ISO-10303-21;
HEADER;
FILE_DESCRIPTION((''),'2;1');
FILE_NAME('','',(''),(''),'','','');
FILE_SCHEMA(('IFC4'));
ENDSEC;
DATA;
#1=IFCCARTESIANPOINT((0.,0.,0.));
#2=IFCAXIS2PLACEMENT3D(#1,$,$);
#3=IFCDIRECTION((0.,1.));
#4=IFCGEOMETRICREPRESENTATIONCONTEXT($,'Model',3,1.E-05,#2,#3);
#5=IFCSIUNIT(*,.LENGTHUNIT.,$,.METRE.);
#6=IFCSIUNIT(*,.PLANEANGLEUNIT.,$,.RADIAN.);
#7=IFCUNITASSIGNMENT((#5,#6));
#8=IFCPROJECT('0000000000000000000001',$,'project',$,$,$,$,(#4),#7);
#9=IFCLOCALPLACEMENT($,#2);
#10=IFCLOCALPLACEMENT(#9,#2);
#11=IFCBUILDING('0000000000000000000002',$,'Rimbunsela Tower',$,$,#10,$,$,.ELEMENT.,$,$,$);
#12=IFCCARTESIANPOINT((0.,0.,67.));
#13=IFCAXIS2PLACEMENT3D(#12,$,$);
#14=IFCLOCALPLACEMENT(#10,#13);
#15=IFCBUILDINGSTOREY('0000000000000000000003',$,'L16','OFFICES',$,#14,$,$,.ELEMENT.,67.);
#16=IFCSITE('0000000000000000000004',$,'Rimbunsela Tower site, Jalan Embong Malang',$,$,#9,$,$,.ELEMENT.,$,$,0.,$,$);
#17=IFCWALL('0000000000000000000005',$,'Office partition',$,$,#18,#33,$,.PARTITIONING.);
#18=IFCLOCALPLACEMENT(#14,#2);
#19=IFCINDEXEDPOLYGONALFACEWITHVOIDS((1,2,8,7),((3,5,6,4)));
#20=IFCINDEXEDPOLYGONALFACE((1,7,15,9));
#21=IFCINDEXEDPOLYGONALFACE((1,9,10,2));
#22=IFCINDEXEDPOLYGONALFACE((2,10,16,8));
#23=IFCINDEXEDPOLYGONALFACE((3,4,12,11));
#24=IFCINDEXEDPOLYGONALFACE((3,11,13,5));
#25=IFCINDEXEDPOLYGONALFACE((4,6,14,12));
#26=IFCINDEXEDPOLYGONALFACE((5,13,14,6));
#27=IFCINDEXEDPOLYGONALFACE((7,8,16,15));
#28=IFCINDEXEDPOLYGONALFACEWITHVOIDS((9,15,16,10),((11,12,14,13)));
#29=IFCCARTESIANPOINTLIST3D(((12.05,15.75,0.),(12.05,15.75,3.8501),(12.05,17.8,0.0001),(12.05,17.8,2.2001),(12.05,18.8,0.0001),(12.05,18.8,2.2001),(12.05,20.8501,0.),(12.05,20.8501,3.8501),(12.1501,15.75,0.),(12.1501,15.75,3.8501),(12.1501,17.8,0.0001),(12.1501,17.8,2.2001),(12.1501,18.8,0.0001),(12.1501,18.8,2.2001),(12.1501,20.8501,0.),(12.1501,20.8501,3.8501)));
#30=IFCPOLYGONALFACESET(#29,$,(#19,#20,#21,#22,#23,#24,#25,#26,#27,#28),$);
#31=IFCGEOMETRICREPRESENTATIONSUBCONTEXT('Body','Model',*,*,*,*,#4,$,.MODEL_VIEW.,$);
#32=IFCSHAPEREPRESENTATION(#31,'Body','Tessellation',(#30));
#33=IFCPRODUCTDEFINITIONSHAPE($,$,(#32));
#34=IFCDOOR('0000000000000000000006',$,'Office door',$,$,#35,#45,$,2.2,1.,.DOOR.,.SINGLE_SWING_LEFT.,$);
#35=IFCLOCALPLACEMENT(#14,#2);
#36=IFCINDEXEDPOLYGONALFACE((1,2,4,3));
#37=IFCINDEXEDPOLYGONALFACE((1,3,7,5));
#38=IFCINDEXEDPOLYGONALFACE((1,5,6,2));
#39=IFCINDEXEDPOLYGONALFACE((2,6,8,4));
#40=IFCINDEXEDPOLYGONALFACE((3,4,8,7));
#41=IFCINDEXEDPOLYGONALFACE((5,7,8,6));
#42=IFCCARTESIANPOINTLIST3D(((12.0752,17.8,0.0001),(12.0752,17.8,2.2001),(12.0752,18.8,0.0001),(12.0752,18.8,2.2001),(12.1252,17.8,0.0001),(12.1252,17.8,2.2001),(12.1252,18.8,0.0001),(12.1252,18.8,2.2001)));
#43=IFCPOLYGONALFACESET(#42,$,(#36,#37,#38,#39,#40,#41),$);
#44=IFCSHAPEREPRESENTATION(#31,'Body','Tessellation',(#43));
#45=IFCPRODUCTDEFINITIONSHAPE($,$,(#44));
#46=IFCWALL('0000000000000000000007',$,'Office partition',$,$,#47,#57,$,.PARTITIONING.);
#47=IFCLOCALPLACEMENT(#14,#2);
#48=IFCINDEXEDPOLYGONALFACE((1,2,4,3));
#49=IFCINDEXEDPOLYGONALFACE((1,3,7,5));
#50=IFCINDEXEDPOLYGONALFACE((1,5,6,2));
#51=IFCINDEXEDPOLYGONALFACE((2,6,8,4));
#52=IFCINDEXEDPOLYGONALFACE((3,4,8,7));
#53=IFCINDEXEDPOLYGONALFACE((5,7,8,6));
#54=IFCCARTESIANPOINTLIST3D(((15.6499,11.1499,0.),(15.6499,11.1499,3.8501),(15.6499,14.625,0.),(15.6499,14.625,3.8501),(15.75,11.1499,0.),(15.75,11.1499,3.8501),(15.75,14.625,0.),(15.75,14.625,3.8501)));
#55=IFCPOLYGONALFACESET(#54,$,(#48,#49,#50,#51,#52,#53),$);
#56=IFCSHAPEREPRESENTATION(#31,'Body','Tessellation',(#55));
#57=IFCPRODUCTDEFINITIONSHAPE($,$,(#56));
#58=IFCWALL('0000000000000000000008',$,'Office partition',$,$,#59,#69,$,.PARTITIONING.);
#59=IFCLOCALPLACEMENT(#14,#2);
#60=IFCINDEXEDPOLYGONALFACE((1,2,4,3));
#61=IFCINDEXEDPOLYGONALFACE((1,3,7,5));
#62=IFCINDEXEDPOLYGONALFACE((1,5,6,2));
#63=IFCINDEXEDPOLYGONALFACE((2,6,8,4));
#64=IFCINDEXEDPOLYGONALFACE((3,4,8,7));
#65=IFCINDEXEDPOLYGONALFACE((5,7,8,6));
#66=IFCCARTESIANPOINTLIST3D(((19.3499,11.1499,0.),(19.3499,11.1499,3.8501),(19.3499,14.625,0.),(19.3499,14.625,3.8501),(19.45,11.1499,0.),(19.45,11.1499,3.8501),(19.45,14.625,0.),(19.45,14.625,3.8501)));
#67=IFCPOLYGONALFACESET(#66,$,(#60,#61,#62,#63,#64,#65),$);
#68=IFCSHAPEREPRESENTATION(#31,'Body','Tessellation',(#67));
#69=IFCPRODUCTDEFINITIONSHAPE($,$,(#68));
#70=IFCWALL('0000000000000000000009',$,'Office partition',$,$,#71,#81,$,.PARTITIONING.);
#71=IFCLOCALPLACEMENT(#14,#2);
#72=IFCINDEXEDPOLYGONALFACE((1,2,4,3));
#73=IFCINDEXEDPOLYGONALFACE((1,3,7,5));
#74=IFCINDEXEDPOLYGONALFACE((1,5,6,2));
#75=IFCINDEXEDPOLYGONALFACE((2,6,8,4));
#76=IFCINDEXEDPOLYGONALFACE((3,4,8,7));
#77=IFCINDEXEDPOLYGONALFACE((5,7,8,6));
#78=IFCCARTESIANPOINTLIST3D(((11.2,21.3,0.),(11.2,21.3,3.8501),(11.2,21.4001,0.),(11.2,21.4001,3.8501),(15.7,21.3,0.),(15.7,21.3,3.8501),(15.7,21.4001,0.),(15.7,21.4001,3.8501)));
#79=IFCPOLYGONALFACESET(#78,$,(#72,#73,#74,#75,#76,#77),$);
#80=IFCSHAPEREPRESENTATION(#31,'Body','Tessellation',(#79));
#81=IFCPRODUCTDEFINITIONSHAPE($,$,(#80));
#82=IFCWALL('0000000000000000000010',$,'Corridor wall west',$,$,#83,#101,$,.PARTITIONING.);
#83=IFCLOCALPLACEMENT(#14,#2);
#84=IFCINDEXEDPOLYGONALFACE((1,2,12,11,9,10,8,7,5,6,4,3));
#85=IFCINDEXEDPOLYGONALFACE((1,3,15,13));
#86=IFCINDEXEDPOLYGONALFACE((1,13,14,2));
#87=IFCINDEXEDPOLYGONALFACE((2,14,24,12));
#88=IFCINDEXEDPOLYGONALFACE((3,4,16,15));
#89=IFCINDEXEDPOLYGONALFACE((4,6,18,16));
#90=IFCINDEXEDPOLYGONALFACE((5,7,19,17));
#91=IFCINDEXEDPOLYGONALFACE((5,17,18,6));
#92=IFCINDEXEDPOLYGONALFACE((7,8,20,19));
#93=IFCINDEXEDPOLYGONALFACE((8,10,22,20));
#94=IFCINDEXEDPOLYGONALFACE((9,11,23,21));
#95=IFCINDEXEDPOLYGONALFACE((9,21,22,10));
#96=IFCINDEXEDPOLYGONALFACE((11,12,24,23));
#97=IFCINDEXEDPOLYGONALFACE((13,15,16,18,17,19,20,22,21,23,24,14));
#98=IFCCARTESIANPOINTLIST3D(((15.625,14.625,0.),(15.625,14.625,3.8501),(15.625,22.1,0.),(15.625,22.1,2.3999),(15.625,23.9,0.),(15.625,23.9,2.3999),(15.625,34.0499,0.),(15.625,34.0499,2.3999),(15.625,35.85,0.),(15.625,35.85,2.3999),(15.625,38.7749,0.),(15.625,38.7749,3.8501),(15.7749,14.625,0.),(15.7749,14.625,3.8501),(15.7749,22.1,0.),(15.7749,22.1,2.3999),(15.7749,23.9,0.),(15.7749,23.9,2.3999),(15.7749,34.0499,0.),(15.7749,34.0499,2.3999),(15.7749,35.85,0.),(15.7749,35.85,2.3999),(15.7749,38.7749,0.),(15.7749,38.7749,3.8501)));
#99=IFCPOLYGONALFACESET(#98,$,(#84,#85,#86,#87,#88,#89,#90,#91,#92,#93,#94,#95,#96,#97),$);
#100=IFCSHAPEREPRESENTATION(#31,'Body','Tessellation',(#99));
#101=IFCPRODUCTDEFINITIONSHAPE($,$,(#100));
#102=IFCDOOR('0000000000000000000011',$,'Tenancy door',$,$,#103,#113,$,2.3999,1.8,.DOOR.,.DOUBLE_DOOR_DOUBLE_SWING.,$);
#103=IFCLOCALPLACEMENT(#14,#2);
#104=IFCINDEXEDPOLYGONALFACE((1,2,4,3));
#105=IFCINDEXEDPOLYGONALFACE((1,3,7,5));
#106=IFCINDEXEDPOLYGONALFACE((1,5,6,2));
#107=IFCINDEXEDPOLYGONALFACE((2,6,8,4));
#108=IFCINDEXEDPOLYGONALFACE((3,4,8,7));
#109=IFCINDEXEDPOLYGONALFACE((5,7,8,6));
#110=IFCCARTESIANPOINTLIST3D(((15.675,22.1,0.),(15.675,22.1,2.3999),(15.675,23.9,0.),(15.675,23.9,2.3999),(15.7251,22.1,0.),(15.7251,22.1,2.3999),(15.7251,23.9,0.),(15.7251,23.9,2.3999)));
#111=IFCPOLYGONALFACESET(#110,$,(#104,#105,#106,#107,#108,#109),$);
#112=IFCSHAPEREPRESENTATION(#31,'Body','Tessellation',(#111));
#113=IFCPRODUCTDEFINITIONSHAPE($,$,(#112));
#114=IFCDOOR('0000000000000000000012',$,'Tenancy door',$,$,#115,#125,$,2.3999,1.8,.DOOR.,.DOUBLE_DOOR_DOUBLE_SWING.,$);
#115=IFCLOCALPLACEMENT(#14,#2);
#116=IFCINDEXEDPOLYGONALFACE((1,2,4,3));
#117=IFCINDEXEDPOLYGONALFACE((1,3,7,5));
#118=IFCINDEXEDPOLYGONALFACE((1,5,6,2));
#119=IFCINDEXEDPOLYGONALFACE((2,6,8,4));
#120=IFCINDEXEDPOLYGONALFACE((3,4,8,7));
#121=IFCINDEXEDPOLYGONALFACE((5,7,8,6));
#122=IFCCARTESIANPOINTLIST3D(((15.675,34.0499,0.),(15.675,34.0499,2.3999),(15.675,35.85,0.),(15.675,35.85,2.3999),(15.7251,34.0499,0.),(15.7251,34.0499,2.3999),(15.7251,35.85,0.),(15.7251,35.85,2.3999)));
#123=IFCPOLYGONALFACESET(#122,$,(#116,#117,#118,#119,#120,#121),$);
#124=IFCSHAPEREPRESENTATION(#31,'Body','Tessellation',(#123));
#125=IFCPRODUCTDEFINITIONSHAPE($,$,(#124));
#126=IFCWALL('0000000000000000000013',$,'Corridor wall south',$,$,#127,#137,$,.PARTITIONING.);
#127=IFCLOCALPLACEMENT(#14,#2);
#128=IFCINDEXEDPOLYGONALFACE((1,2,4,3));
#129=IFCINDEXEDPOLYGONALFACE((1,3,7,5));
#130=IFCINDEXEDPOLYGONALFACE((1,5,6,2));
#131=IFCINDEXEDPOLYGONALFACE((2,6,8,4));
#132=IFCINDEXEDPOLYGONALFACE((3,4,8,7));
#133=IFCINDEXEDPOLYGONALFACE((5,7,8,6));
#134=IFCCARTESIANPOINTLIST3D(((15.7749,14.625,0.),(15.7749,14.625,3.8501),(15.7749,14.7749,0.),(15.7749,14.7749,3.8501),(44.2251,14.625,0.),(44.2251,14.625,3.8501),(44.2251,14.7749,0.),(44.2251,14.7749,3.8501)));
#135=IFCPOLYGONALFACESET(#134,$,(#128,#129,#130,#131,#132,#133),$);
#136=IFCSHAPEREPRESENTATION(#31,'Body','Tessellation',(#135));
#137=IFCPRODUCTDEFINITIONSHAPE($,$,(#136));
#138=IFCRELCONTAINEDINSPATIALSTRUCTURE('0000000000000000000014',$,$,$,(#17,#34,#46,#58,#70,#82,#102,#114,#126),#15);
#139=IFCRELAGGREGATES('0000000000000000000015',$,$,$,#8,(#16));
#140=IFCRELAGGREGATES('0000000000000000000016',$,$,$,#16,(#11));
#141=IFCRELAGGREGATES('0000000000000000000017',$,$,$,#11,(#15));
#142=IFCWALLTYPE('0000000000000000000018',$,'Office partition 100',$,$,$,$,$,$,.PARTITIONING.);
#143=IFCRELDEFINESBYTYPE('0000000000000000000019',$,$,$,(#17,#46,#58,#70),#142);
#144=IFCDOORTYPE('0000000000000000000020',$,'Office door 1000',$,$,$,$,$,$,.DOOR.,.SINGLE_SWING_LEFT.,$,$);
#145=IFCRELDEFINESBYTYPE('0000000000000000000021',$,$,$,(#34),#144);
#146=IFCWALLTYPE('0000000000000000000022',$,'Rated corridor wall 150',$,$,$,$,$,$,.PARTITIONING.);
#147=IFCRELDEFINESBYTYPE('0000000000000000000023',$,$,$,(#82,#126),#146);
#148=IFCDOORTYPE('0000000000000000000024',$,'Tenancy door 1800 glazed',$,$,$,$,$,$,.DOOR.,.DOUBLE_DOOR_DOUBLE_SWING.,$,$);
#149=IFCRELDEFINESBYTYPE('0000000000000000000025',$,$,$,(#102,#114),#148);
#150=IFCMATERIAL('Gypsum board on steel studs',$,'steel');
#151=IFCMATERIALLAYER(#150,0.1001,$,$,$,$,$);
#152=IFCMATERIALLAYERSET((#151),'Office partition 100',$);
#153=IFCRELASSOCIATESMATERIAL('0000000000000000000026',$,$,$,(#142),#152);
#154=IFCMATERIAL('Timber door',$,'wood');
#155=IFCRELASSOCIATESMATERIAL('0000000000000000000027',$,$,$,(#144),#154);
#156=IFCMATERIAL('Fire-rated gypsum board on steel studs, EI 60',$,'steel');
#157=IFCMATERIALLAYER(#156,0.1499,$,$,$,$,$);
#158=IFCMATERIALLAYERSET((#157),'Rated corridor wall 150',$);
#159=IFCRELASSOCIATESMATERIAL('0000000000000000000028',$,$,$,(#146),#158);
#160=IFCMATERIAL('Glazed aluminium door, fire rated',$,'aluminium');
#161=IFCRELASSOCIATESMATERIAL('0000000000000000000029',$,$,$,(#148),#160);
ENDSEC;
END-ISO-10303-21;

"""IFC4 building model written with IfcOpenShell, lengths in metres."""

from ifc_helpers import new_model, si_unit, direction, frame, frame_2d, origin, place, context, subcontext, project, spatial, rectangle, extrude, material, layer, layer_set, type_object, element, fill, save


model = new_model("IFC4")

# Units and contexts
model_context = context("Model", 3, precision=1e-05, world=origin(), true_north=direction((0.0, 1.0)))
body_context = subcontext(model_context, "Body", "Model", "MODEL_VIEW")
ifc_project = project(units=[si_unit("LENGTHUNIT", "METRE"), si_unit("PLANEANGLEUNIT", "RADIAN")], contexts=[model_context])

# Site, building, storey
site_placement = place(None, origin())
site = spatial("IfcSite", under=ifc_project, at=site_placement, Name="Rimbunsela Tower site, Jalan Embong Malang", CompositionType="ELEMENT", RefElevation=0.0)
building_placement = place(site_placement, origin())
building = spatial("IfcBuilding", under=site, at=building_placement, Name="Rimbunsela Tower", CompositionType="ELEMENT")
storey_placement = place(building_placement, frame((0.0, 0.0, 67.0)))
storey = spatial("IfcBuildingStorey", under=building, at=storey_placement, Name="L16", Description="OFFICES", CompositionType="ELEMENT", Elevation=67.0)

# Shared definitions
ifc_material_1 = material(Name="Gypsum board on steel studs", Category="steel")
ifc_layer_1 = layer(ifc_material_1, 0.1001)
ifc_layer_set_1 = layer_set([ifc_layer_1], Name="Office partition 100")
wall_type_1 = type_object("IfcWallType", Name="Office partition 100", PredefinedType="PARTITIONING", material=ifc_layer_set_1)
ifc_material_2 = material(Name="Timber door", Category="wood")
door_type_1 = type_object("IfcDoorType", Name="Office door 1000", OperationType="SINGLE_SWING_LEFT", PredefinedType="DOOR", material=ifc_material_2)

# Wall, opening, door
wall_1_placement = place(storey_placement, frame((12.1001, 15.75, 0.0), z_axis=(0.0, 0.0, 1.0), x_axis=(0.0, 1.0, 0.0)))
wall_1 = element("IfcWall", 1, at=wall_1_placement, inside=storey, type_object=wall_type_1, Name="Office partition", PredefinedType="PARTITIONING", context=body_context, shape_type="SweptSolid", body=[
    extrude(rectangle(XDim=5.1001, YDim=0.1001, at=frame_2d((2.55, 0.0))), origin(), (0.0, 0.0, 1.0), 3.8501),
])
opening_1_placement = place(wall_1_placement, frame((2.05, 0.0, 0.0)))
opening_1 = element("IfcOpeningElement", 2, at=opening_1_placement, cuts=wall_1, PredefinedType="OPENING", context=body_context, shape_type="SweptSolid", body=[
    extrude(rectangle(XDim=1.0, YDim=2.2, at=frame_2d((0.5, 1.1001))), frame((0.0, 0.0601, 0.0), z_axis=(0.0, -1.0, 0.0), x_axis=(1.0, 0.0, 0.0)), (0.0, 0.0, 1.0), 0.1201),
])
door_1_placement = place(opening_1_placement, origin())
door_1 = element("IfcDoor", 3, at=door_1_placement, inside=storey, type_object=door_type_1, Name="Office door", OperationType="SINGLE_SWING_LEFT", OverallHeight=2.2, OverallWidth=1.0, PredefinedType="DOOR", context=body_context, shape_type="SweptSolid", body=[
    extrude(rectangle(XDim=1.0, YDim=2.2, at=frame_2d((0.5, 1.1001))), frame((0.0, 0.0249, 0.0), z_axis=(0.0, -1.0, 0.0), x_axis=(1.0, 0.0, 0.0)), (0.0, 0.0, 1.0), 0.05),
])
fill(opening_1, door_1)

# Walls
for number, where, z_axis, x_axis, name in (
    (4, (15.7, 11.1499, 0.0), (0.0, 0.0, 1.0), (0.0, 1.0, 0.0), "Office partition"),
    (5, (19.3999, 11.1499, 0.0), (0.0, 0.0, 1.0), (0.0, 1.0, 0.0), "Office partition"),
):
    element("IfcWall", number, at=place(storey_placement, frame(where, z_axis=z_axis, x_axis=x_axis)), inside=storey, type_object=wall_type_1, Name=name, PredefinedType="PARTITIONING", context=body_context, shape_type="SweptSolid", body=[
        extrude(rectangle(XDim=3.4751, YDim=0.1001, at=frame_2d((1.7375, 0.0))), origin(), (0.0, 0.0, 1.0), 3.8501),
    ])
wall_2_placement = place(storey_placement, frame((11.2, 21.3501, 0.0), z_axis=(0.0, 0.0, 1.0), x_axis=(1.0, 0.0, 0.0)))
element("IfcWall", 6, at=wall_2_placement, inside=storey, type_object=wall_type_1, Name="Office partition", PredefinedType="PARTITIONING", context=body_context, shape_type="SweptSolid", body=[
    extrude(rectangle(XDim=4.5, YDim=0.1001, at=frame_2d((2.25, 0.0))), origin(), (0.0, 0.0, 1.0), 3.8501),
])

# Wall, openings, doors
ifc_material_3 = material(Name="Fire-rated gypsum board on steel studs, EI 60", Category="steel")
ifc_layer_2 = layer(ifc_material_3, 0.1499)
ifc_layer_set_2 = layer_set([ifc_layer_2], Name="Rated corridor wall 150")
wall_type_2 = type_object("IfcWallType", Name="Rated corridor wall 150", PredefinedType="PARTITIONING", material=ifc_layer_set_2)
wall_3_placement = place(storey_placement, frame((15.7, 14.625, 0.0), z_axis=(0.0, 0.0, 1.0), x_axis=(0.0, 1.0, 0.0)))
wall_3 = element("IfcWall", 7, at=wall_3_placement, inside=storey, type_object=wall_type_2, Name="Corridor wall west", PredefinedType="PARTITIONING", context=body_context, shape_type="SweptSolid", body=[
    extrude(rectangle(XDim=24.1499, YDim=0.1499, at=frame_2d((12.075, 0.0))), origin(), (0.0, 0.0, 1.0), 3.8501),
])
opening_2_placement = place(wall_3_placement, frame((7.4751, 0.0, 0.0)))
opening_2 = element("IfcOpeningElement", 8, at=opening_2_placement, cuts=wall_3, PredefinedType="OPENING", context=body_context, shape_type="SweptSolid", body=[
    extrude(rectangle(XDim=1.8, YDim=2.3999, at=frame_2d((0.8999, 1.2))), frame((0.0, 0.085, 0.0), z_axis=(0.0, -1.0, 0.0), x_axis=(1.0, 0.0, 0.0)), (0.0, 0.0, 1.0), 0.1699),
])
opening_3_placement = place(wall_3_placement, frame((19.425, 0.0, 0.0)))
opening_3 = element("IfcOpeningElement", 9, at=opening_3_placement, cuts=wall_3, PredefinedType="OPENING", context=body_context, shape_type="SweptSolid", body=[
    extrude(rectangle(XDim=1.8, YDim=2.3999, at=frame_2d((0.8999, 1.2))), frame((0.0, 0.085, 0.0), z_axis=(0.0, -1.0, 0.0), x_axis=(1.0, 0.0, 0.0)), (0.0, 0.0, 1.0), 0.1699),
])
ifc_material_4 = material(Name="Glazed aluminium door, fire rated", Category="aluminium")
door_type_2 = type_object("IfcDoorType", Name="Tenancy door 1800 glazed", OperationType="DOUBLE_DOOR_DOUBLE_SWING", PredefinedType="DOOR", material=ifc_material_4)
door_2_placement = place(opening_2_placement, origin())
door_2 = element("IfcDoor", 10, at=door_2_placement, inside=storey, type_object=door_type_2, Name="Tenancy door", OperationType="DOUBLE_DOOR_DOUBLE_SWING", OverallHeight=2.3999, OverallWidth=1.8, PredefinedType="DOOR", context=body_context, shape_type="SweptSolid", body=[
    extrude(rectangle(XDim=1.8, YDim=2.3999, at=frame_2d((0.8999, 1.2))), frame((0.0, 0.0249, 0.0), z_axis=(0.0, -1.0, 0.0), x_axis=(1.0, 0.0, 0.0)), (0.0, 0.0, 1.0), 0.05),
])
fill(opening_2, door_2)
door_3_placement = place(opening_3_placement, origin())
door_3 = element("IfcDoor", 11, at=door_3_placement, inside=storey, type_object=door_type_2, Name="Tenancy door", OperationType="DOUBLE_DOOR_DOUBLE_SWING", OverallHeight=2.3999, OverallWidth=1.8, PredefinedType="DOOR", context=body_context, shape_type="SweptSolid", body=[
    extrude(rectangle(XDim=1.8, YDim=2.3999, at=frame_2d((0.8999, 1.2))), frame((0.0, 0.0249, 0.0), z_axis=(0.0, -1.0, 0.0), x_axis=(1.0, 0.0, 0.0)), (0.0, 0.0, 1.0), 0.05),
])
fill(opening_3, door_3)

# Wall
wall_4_placement = place(storey_placement, frame((15.7749, 14.7, 0.0), z_axis=(0.0, 0.0, 1.0), x_axis=(1.0, 0.0, 0.0)))
element("IfcWall", 12, at=wall_4_placement, inside=storey, type_object=wall_type_2, Name="Corridor wall south", PredefinedType="PARTITIONING", context=body_context, shape_type="SweptSolid", body=[
    extrude(rectangle(XDim=28.4502, YDim=0.1499, at=frame_2d((14.2251, 0.0))), origin(), (0.0, 0.0, 1.0), 3.8501),
])

save(model, "model.ifc")
